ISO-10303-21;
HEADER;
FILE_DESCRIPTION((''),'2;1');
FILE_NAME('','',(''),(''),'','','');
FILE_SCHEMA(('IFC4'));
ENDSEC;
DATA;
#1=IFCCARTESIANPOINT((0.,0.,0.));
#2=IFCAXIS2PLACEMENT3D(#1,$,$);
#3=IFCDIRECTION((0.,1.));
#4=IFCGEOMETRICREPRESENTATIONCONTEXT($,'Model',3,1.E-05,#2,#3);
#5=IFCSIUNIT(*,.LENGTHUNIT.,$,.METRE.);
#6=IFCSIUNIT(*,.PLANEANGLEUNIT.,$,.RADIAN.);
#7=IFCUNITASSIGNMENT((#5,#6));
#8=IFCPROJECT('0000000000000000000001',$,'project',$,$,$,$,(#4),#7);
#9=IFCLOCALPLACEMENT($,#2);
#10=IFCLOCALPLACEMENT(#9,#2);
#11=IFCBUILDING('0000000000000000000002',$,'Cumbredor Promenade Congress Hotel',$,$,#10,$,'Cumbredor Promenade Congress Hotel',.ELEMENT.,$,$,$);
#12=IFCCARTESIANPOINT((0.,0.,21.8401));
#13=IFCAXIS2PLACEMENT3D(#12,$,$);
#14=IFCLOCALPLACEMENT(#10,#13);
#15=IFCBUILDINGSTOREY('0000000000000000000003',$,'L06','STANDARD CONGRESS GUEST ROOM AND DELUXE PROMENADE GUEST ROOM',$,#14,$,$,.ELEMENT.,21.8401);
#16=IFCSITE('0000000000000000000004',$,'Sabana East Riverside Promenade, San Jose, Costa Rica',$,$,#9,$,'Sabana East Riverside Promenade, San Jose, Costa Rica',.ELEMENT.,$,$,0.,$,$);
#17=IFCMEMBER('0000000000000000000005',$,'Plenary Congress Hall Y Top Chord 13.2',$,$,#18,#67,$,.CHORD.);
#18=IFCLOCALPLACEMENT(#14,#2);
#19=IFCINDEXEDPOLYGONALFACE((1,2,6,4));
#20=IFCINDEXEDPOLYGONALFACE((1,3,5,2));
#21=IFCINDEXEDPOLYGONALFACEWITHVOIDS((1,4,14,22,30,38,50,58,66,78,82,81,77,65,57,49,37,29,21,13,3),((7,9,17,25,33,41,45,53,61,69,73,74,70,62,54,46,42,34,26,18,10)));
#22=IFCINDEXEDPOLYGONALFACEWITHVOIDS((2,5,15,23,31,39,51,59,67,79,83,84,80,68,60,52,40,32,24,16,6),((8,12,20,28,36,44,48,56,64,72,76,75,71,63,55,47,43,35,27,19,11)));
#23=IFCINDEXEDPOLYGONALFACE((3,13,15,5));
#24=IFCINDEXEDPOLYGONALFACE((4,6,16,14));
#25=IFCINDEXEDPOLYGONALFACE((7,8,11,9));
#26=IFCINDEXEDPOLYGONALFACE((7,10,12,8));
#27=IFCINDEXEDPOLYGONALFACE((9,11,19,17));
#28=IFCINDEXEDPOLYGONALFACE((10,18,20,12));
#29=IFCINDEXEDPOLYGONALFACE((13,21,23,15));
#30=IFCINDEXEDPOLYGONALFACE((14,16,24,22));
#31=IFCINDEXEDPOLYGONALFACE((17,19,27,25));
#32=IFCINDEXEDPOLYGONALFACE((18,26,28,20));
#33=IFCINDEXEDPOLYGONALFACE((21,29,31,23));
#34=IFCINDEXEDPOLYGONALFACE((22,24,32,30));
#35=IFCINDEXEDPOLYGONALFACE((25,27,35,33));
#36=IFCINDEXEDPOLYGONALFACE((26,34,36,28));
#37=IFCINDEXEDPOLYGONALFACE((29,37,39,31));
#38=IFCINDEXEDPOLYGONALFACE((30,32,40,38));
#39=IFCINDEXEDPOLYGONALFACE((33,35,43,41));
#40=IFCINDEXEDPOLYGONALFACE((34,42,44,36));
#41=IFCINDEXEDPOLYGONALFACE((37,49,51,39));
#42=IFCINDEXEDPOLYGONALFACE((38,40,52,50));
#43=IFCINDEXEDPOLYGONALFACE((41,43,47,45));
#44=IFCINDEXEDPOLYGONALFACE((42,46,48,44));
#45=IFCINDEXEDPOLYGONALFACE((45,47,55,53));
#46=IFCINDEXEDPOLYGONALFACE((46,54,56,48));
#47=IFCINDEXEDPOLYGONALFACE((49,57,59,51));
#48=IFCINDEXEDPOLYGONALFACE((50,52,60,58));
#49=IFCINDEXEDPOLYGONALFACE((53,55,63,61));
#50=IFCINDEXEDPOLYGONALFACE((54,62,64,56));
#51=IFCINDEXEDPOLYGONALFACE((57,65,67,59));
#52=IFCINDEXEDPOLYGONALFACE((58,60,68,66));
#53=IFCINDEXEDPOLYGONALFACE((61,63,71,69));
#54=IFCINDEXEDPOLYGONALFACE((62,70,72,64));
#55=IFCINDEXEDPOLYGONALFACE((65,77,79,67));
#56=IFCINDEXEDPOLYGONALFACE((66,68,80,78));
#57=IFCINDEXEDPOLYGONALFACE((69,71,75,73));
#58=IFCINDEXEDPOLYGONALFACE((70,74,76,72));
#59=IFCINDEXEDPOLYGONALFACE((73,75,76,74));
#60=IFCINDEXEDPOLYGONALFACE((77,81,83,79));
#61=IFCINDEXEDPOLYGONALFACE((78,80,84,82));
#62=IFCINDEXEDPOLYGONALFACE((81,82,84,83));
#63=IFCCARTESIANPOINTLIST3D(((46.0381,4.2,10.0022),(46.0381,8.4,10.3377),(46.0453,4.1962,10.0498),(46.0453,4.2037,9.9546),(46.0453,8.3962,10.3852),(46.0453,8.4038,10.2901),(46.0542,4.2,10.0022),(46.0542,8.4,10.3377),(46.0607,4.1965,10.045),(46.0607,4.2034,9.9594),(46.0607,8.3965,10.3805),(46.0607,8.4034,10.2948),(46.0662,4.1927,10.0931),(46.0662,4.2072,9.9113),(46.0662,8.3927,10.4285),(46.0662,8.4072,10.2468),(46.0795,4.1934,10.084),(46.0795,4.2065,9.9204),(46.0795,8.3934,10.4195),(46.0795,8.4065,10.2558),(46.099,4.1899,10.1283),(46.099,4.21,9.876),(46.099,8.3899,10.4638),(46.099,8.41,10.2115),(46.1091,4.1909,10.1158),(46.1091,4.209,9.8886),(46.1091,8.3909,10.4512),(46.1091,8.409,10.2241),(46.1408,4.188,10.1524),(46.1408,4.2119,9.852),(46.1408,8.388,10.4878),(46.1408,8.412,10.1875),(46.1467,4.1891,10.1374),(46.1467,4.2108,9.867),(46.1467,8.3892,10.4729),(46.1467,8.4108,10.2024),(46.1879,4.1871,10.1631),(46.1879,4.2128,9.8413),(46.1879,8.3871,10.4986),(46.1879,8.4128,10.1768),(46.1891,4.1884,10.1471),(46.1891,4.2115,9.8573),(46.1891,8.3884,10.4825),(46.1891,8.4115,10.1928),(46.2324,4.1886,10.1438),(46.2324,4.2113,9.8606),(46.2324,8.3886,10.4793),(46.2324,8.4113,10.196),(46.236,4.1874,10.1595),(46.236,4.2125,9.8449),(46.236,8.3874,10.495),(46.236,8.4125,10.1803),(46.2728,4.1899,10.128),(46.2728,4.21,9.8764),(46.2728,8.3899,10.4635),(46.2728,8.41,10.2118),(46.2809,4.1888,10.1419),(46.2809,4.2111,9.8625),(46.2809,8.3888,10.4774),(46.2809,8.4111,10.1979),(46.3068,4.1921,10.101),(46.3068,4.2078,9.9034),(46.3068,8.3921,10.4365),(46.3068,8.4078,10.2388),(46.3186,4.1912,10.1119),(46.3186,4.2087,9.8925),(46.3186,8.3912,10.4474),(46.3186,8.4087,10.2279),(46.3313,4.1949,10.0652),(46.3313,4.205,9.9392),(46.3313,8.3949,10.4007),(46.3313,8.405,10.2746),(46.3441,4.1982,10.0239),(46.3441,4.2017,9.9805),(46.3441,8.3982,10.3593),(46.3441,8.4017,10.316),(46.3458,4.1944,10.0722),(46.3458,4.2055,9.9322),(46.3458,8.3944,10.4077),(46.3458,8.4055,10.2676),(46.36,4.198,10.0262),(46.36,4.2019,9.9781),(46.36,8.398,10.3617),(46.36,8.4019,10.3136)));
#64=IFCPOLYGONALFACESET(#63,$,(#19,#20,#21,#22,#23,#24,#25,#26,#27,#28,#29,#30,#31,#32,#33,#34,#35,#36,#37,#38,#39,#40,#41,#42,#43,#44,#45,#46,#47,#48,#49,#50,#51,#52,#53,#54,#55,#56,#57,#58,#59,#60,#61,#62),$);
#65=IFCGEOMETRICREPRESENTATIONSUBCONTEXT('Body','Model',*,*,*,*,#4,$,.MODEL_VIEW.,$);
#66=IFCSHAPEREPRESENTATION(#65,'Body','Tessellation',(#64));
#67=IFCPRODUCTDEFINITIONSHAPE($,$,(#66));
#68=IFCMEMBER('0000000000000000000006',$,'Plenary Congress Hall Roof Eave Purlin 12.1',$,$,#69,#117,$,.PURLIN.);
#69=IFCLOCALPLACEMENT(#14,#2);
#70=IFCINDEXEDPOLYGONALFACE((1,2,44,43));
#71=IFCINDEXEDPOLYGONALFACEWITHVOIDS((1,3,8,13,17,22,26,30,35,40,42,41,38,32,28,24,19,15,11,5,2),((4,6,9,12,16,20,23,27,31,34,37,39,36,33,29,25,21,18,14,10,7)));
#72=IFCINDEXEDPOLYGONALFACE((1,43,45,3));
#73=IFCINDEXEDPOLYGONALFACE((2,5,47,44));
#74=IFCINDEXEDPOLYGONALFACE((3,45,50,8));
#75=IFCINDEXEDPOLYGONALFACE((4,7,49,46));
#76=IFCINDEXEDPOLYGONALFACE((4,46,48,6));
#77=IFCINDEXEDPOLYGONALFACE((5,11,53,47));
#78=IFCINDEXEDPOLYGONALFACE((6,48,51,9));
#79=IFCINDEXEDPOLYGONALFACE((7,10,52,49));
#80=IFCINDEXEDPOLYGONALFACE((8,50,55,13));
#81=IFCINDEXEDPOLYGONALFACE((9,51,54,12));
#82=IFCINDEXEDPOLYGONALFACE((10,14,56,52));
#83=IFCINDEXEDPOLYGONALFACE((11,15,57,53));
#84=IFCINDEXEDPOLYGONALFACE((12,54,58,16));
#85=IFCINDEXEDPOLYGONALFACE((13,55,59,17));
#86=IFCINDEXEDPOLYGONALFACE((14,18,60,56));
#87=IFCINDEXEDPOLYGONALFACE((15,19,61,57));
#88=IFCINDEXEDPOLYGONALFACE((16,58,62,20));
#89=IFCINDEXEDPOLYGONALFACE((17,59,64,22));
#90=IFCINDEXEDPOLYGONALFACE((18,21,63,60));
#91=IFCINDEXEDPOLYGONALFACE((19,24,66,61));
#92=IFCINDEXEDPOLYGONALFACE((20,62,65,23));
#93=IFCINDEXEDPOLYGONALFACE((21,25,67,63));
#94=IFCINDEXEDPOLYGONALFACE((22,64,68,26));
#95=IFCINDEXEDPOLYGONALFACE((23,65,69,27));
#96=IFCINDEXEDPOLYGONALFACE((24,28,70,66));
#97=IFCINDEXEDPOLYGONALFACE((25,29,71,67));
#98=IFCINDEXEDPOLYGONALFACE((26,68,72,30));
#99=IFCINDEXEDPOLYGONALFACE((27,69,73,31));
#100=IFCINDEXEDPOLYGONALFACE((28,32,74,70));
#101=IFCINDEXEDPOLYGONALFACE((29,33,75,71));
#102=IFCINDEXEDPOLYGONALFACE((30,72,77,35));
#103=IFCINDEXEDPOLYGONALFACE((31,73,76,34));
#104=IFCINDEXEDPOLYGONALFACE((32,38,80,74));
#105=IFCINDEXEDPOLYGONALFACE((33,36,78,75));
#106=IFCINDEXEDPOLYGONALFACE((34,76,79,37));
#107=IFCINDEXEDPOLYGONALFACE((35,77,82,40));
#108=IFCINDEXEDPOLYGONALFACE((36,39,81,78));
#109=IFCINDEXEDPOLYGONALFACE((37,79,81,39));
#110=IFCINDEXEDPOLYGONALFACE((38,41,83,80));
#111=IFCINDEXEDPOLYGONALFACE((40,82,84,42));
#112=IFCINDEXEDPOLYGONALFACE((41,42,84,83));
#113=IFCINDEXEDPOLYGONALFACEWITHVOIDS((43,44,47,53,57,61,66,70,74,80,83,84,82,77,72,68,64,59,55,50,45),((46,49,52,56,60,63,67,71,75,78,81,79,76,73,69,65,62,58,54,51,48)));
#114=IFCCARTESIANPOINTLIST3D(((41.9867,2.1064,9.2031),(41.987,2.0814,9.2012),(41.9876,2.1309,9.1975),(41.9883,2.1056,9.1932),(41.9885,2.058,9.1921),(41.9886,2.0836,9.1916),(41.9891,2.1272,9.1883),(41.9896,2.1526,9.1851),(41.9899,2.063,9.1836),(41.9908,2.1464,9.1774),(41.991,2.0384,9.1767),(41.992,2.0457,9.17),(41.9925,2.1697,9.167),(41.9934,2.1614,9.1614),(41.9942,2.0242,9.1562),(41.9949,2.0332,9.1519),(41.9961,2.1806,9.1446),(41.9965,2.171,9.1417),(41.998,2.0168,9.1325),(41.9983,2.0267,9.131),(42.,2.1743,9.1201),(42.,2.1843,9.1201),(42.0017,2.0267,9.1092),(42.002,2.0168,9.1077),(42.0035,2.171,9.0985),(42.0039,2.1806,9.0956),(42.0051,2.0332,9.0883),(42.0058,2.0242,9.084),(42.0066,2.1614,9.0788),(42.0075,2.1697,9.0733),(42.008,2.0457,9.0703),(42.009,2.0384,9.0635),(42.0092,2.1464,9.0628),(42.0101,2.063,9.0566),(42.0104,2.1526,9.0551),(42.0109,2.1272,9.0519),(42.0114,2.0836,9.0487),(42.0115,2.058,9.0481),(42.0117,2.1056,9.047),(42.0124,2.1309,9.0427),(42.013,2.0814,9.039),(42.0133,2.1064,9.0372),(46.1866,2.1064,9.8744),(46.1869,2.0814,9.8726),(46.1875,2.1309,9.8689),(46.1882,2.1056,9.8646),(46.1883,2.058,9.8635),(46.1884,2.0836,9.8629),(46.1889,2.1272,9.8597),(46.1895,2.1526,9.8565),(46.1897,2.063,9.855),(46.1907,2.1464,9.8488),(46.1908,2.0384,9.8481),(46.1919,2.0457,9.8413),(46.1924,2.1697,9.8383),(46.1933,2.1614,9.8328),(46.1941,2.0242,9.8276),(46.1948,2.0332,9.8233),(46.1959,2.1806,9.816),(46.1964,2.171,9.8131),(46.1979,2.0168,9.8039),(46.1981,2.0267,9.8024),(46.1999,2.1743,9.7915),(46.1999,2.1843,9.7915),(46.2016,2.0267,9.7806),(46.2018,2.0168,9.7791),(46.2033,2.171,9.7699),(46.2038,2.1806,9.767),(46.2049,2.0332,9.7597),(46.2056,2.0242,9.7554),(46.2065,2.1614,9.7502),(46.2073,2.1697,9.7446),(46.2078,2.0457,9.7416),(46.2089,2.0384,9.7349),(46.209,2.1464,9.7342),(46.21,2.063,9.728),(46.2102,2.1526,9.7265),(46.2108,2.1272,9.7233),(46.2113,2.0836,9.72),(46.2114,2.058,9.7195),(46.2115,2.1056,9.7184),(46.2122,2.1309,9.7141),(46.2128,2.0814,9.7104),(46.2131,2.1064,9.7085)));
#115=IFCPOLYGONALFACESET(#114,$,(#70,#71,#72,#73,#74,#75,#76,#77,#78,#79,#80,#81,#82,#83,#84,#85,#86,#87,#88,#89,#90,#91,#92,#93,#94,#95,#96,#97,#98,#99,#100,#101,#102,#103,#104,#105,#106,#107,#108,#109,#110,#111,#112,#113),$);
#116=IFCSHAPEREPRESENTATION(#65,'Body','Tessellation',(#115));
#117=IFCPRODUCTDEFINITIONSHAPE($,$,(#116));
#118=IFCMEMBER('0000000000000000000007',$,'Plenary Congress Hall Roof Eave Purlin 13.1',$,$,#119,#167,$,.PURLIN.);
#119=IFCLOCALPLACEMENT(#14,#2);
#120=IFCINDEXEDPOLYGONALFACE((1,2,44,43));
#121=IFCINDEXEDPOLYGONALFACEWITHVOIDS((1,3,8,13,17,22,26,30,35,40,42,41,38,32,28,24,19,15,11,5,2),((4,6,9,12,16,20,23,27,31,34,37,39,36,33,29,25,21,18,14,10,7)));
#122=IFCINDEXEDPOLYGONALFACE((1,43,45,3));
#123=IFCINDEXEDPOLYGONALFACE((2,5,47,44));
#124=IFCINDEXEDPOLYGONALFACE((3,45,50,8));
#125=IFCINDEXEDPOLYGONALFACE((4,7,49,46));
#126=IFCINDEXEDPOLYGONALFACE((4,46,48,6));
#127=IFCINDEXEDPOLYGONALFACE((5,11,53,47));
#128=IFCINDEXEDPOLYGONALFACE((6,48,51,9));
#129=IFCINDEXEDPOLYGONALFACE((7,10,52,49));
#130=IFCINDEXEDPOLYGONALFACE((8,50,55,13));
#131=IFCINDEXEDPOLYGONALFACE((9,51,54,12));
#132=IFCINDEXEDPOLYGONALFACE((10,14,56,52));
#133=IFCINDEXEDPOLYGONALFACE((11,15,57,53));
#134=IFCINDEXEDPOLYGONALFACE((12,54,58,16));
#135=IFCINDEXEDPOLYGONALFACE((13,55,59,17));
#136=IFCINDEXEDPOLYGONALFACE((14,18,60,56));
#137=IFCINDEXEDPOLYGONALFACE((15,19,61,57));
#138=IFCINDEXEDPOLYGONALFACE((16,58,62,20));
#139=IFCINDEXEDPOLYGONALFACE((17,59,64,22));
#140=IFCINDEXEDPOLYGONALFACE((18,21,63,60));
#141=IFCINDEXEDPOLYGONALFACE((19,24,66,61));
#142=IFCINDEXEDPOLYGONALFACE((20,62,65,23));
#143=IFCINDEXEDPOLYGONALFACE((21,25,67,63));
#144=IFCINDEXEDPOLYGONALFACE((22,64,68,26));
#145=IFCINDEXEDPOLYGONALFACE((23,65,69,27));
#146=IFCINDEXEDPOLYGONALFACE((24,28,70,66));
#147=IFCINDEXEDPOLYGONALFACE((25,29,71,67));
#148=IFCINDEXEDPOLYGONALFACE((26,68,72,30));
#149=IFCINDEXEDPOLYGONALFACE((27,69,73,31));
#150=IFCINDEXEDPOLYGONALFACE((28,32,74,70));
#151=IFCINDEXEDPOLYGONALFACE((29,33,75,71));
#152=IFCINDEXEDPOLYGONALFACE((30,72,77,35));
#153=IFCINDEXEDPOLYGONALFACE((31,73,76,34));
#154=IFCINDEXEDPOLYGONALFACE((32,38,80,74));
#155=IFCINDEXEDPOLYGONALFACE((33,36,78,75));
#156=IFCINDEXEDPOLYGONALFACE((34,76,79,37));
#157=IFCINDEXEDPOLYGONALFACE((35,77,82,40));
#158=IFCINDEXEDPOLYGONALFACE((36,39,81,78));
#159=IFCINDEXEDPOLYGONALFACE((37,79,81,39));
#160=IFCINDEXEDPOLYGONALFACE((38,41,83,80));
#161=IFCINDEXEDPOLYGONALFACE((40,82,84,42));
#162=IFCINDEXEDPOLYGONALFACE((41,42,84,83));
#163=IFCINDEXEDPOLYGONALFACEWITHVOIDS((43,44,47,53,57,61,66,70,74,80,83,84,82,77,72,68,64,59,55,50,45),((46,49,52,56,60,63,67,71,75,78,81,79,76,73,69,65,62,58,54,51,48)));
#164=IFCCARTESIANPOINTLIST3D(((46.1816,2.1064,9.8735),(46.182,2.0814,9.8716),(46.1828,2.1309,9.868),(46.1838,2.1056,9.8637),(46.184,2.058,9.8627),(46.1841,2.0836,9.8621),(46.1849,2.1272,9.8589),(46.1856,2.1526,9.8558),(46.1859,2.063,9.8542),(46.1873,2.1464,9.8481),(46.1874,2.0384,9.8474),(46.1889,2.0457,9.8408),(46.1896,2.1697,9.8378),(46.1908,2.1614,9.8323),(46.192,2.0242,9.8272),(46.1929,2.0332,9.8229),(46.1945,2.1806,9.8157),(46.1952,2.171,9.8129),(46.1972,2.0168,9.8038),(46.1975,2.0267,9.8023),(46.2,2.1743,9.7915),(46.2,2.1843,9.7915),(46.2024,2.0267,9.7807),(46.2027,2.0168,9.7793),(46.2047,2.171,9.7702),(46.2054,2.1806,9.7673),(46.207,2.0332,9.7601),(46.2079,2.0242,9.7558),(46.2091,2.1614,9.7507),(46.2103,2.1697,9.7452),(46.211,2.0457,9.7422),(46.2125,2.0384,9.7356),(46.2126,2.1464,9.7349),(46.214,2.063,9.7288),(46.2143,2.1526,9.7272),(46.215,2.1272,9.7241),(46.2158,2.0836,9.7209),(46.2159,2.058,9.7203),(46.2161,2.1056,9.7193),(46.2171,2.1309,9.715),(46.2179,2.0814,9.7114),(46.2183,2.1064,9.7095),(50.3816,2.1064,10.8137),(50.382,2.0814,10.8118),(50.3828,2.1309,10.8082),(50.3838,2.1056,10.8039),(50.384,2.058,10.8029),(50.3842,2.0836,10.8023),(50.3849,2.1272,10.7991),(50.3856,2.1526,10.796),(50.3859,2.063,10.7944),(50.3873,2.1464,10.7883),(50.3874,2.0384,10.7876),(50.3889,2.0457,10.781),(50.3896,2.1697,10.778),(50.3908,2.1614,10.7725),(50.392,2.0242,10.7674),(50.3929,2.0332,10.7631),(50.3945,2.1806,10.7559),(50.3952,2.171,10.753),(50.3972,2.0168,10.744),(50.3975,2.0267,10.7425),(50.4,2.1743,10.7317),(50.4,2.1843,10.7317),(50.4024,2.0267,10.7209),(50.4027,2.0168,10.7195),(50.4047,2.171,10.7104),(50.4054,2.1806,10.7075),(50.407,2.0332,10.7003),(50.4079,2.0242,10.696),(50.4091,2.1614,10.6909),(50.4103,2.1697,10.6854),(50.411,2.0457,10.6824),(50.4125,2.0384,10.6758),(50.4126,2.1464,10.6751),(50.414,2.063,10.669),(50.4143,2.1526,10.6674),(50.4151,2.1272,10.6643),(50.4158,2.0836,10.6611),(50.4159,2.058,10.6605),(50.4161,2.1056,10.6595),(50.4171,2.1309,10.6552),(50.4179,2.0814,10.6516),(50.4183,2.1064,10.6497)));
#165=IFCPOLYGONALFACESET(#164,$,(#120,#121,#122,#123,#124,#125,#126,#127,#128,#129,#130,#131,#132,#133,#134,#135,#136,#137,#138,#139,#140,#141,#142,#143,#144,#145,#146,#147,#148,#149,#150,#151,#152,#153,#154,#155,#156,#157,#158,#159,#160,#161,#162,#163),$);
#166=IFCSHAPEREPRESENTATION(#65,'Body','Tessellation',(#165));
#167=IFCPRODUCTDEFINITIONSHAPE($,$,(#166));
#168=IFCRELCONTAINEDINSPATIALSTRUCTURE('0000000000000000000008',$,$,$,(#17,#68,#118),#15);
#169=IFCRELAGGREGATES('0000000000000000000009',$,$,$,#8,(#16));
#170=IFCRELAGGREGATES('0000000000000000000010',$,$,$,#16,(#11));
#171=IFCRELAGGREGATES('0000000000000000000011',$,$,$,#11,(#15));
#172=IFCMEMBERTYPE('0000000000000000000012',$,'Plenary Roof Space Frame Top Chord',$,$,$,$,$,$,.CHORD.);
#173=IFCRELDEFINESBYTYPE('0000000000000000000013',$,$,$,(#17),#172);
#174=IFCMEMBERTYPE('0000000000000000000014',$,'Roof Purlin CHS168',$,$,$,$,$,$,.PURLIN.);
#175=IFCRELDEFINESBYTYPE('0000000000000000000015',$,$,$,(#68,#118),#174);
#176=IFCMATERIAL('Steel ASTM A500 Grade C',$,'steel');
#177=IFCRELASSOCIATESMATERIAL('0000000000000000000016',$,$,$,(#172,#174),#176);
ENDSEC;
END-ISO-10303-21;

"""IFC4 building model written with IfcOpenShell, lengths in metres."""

from ifc_helpers import new_model, si_unit, direction, frame, origin, origin_2d, place, context, subcontext, project, spatial, hollow_circle, extrude, material, material_profile, profile_set, type_object, element, save


model = new_model("IFC4")

# Units and contexts
model_context = context("Model", 3, precision=1e-05, world=origin(), true_north=direction((0.0, 1.0)))
body_context = subcontext(model_context, "Body", "Model", "MODEL_VIEW")
ifc_project = project(units=[si_unit("LENGTHUNIT", "METRE"), si_unit("PLANEANGLEUNIT", "RADIAN")], contexts=[model_context])

# Site, building, storey
site_placement = place(None, origin())
site = spatial("IfcSite", under=ifc_project, at=site_placement, Name="Sabana East Riverside Promenade, San Jose, Costa Rica", LongName="Sabana East Riverside Promenade, San Jose, Costa Rica", CompositionType="ELEMENT", RefElevation=0.0)
building_placement = place(site_placement, origin())
building = spatial("IfcBuilding", under=site, at=building_placement, Name="Cumbredor Promenade Congress Hotel", LongName="Cumbredor Promenade Congress Hotel", CompositionType="ELEMENT")
storey_placement = place(building_placement, frame((0.0, 0.0, 21.8401)))
storey = spatial("IfcBuildingStorey", under=building, at=storey_placement, Name="L06", Description="STANDARD CONGRESS GUEST ROOM AND DELUXE PROMENADE GUEST ROOM", CompositionType="ELEMENT", Elevation=21.8401)

# Members
ifc_material_1 = material(Name="Steel ASTM A500 Grade C", Category="steel")
ifc_material_profile_1 = material_profile(ifc_material_1, hollow_circle(Radius=0.1619, WallThickness=0.0161, at=origin_2d()), Name="CHS 323.9x16")
ifc_profile_set_1 = profile_set([ifc_material_profile_1], Name="Steel ASTM A500 Grade C")
member_type_1 = type_object("IfcMemberType", Name="Plenary Roof Space Frame Top Chord", PredefinedType="CHORD", material=ifc_profile_set_1)
member_1_placement = place(storey_placement, frame((46.2, 4.2, 10.0022), z_axis=(0.0, 0.996826, 0.079616), x_axis=(-1.0, 0.0, 0.0)))
element("IfcMember", 1, at=member_1_placement, inside=storey, type_object=member_type_1, Name="Plenary Congress Hall Y Top Chord 13.2", PredefinedType="CHORD", context=body_context, shape_type="SweptSolid", body=[
    extrude(hollow_circle(Radius=0.1619, WallThickness=0.0161, at=origin_2d()), origin(), (0.0, 0.0, 1.0), 4.2134),
])
ifc_material_profile_2 = material_profile(ifc_material_1, hollow_circle(Radius=0.0842, WallThickness=0.01, at=origin_2d()), Name="CHS 168.3x10")
ifc_profile_set_2 = profile_set([ifc_material_profile_2], Name="Steel ASTM A500 Grade C")
member_type_2 = type_object("IfcMemberType", Name="Roof Purlin CHS168", PredefinedType="PURLIN", material=ifc_profile_set_2)
member_2_placement = place(storey_placement, frame((42.0, 2.1001, 9.1201), z_axis=(0.987463, 0.0, 0.157852), x_axis=(0.0, 1.0, 0.0)))
element("IfcMember", 2, at=member_2_placement, inside=storey, type_object=member_type_2, Name="Plenary Congress Hall Roof Eave Purlin 12.1", PredefinedType="PURLIN", context=body_context, shape_type="SweptSolid", body=[
    extrude(hollow_circle(Radius=0.0842, WallThickness=0.01, at=origin_2d()), origin(), (0.0, 0.0, 1.0), 4.2532),
])
member_3_placement = place(storey_placement, frame((46.2, 2.1001, 9.7915), z_axis=(0.975848, 0.0, 0.21845), x_axis=(0.0, 1.0, 0.0)))
element("IfcMember", 3, at=member_3_placement, inside=storey, type_object=member_type_2, Name="Plenary Congress Hall Roof Eave Purlin 13.1", PredefinedType="PURLIN", context=body_context, shape_type="SweptSolid", body=[
    extrude(hollow_circle(Radius=0.0842, WallThickness=0.01, at=origin_2d()), origin(), (0.0, 0.0, 1.0), 4.304),
])

save(model, "model.ifc")
